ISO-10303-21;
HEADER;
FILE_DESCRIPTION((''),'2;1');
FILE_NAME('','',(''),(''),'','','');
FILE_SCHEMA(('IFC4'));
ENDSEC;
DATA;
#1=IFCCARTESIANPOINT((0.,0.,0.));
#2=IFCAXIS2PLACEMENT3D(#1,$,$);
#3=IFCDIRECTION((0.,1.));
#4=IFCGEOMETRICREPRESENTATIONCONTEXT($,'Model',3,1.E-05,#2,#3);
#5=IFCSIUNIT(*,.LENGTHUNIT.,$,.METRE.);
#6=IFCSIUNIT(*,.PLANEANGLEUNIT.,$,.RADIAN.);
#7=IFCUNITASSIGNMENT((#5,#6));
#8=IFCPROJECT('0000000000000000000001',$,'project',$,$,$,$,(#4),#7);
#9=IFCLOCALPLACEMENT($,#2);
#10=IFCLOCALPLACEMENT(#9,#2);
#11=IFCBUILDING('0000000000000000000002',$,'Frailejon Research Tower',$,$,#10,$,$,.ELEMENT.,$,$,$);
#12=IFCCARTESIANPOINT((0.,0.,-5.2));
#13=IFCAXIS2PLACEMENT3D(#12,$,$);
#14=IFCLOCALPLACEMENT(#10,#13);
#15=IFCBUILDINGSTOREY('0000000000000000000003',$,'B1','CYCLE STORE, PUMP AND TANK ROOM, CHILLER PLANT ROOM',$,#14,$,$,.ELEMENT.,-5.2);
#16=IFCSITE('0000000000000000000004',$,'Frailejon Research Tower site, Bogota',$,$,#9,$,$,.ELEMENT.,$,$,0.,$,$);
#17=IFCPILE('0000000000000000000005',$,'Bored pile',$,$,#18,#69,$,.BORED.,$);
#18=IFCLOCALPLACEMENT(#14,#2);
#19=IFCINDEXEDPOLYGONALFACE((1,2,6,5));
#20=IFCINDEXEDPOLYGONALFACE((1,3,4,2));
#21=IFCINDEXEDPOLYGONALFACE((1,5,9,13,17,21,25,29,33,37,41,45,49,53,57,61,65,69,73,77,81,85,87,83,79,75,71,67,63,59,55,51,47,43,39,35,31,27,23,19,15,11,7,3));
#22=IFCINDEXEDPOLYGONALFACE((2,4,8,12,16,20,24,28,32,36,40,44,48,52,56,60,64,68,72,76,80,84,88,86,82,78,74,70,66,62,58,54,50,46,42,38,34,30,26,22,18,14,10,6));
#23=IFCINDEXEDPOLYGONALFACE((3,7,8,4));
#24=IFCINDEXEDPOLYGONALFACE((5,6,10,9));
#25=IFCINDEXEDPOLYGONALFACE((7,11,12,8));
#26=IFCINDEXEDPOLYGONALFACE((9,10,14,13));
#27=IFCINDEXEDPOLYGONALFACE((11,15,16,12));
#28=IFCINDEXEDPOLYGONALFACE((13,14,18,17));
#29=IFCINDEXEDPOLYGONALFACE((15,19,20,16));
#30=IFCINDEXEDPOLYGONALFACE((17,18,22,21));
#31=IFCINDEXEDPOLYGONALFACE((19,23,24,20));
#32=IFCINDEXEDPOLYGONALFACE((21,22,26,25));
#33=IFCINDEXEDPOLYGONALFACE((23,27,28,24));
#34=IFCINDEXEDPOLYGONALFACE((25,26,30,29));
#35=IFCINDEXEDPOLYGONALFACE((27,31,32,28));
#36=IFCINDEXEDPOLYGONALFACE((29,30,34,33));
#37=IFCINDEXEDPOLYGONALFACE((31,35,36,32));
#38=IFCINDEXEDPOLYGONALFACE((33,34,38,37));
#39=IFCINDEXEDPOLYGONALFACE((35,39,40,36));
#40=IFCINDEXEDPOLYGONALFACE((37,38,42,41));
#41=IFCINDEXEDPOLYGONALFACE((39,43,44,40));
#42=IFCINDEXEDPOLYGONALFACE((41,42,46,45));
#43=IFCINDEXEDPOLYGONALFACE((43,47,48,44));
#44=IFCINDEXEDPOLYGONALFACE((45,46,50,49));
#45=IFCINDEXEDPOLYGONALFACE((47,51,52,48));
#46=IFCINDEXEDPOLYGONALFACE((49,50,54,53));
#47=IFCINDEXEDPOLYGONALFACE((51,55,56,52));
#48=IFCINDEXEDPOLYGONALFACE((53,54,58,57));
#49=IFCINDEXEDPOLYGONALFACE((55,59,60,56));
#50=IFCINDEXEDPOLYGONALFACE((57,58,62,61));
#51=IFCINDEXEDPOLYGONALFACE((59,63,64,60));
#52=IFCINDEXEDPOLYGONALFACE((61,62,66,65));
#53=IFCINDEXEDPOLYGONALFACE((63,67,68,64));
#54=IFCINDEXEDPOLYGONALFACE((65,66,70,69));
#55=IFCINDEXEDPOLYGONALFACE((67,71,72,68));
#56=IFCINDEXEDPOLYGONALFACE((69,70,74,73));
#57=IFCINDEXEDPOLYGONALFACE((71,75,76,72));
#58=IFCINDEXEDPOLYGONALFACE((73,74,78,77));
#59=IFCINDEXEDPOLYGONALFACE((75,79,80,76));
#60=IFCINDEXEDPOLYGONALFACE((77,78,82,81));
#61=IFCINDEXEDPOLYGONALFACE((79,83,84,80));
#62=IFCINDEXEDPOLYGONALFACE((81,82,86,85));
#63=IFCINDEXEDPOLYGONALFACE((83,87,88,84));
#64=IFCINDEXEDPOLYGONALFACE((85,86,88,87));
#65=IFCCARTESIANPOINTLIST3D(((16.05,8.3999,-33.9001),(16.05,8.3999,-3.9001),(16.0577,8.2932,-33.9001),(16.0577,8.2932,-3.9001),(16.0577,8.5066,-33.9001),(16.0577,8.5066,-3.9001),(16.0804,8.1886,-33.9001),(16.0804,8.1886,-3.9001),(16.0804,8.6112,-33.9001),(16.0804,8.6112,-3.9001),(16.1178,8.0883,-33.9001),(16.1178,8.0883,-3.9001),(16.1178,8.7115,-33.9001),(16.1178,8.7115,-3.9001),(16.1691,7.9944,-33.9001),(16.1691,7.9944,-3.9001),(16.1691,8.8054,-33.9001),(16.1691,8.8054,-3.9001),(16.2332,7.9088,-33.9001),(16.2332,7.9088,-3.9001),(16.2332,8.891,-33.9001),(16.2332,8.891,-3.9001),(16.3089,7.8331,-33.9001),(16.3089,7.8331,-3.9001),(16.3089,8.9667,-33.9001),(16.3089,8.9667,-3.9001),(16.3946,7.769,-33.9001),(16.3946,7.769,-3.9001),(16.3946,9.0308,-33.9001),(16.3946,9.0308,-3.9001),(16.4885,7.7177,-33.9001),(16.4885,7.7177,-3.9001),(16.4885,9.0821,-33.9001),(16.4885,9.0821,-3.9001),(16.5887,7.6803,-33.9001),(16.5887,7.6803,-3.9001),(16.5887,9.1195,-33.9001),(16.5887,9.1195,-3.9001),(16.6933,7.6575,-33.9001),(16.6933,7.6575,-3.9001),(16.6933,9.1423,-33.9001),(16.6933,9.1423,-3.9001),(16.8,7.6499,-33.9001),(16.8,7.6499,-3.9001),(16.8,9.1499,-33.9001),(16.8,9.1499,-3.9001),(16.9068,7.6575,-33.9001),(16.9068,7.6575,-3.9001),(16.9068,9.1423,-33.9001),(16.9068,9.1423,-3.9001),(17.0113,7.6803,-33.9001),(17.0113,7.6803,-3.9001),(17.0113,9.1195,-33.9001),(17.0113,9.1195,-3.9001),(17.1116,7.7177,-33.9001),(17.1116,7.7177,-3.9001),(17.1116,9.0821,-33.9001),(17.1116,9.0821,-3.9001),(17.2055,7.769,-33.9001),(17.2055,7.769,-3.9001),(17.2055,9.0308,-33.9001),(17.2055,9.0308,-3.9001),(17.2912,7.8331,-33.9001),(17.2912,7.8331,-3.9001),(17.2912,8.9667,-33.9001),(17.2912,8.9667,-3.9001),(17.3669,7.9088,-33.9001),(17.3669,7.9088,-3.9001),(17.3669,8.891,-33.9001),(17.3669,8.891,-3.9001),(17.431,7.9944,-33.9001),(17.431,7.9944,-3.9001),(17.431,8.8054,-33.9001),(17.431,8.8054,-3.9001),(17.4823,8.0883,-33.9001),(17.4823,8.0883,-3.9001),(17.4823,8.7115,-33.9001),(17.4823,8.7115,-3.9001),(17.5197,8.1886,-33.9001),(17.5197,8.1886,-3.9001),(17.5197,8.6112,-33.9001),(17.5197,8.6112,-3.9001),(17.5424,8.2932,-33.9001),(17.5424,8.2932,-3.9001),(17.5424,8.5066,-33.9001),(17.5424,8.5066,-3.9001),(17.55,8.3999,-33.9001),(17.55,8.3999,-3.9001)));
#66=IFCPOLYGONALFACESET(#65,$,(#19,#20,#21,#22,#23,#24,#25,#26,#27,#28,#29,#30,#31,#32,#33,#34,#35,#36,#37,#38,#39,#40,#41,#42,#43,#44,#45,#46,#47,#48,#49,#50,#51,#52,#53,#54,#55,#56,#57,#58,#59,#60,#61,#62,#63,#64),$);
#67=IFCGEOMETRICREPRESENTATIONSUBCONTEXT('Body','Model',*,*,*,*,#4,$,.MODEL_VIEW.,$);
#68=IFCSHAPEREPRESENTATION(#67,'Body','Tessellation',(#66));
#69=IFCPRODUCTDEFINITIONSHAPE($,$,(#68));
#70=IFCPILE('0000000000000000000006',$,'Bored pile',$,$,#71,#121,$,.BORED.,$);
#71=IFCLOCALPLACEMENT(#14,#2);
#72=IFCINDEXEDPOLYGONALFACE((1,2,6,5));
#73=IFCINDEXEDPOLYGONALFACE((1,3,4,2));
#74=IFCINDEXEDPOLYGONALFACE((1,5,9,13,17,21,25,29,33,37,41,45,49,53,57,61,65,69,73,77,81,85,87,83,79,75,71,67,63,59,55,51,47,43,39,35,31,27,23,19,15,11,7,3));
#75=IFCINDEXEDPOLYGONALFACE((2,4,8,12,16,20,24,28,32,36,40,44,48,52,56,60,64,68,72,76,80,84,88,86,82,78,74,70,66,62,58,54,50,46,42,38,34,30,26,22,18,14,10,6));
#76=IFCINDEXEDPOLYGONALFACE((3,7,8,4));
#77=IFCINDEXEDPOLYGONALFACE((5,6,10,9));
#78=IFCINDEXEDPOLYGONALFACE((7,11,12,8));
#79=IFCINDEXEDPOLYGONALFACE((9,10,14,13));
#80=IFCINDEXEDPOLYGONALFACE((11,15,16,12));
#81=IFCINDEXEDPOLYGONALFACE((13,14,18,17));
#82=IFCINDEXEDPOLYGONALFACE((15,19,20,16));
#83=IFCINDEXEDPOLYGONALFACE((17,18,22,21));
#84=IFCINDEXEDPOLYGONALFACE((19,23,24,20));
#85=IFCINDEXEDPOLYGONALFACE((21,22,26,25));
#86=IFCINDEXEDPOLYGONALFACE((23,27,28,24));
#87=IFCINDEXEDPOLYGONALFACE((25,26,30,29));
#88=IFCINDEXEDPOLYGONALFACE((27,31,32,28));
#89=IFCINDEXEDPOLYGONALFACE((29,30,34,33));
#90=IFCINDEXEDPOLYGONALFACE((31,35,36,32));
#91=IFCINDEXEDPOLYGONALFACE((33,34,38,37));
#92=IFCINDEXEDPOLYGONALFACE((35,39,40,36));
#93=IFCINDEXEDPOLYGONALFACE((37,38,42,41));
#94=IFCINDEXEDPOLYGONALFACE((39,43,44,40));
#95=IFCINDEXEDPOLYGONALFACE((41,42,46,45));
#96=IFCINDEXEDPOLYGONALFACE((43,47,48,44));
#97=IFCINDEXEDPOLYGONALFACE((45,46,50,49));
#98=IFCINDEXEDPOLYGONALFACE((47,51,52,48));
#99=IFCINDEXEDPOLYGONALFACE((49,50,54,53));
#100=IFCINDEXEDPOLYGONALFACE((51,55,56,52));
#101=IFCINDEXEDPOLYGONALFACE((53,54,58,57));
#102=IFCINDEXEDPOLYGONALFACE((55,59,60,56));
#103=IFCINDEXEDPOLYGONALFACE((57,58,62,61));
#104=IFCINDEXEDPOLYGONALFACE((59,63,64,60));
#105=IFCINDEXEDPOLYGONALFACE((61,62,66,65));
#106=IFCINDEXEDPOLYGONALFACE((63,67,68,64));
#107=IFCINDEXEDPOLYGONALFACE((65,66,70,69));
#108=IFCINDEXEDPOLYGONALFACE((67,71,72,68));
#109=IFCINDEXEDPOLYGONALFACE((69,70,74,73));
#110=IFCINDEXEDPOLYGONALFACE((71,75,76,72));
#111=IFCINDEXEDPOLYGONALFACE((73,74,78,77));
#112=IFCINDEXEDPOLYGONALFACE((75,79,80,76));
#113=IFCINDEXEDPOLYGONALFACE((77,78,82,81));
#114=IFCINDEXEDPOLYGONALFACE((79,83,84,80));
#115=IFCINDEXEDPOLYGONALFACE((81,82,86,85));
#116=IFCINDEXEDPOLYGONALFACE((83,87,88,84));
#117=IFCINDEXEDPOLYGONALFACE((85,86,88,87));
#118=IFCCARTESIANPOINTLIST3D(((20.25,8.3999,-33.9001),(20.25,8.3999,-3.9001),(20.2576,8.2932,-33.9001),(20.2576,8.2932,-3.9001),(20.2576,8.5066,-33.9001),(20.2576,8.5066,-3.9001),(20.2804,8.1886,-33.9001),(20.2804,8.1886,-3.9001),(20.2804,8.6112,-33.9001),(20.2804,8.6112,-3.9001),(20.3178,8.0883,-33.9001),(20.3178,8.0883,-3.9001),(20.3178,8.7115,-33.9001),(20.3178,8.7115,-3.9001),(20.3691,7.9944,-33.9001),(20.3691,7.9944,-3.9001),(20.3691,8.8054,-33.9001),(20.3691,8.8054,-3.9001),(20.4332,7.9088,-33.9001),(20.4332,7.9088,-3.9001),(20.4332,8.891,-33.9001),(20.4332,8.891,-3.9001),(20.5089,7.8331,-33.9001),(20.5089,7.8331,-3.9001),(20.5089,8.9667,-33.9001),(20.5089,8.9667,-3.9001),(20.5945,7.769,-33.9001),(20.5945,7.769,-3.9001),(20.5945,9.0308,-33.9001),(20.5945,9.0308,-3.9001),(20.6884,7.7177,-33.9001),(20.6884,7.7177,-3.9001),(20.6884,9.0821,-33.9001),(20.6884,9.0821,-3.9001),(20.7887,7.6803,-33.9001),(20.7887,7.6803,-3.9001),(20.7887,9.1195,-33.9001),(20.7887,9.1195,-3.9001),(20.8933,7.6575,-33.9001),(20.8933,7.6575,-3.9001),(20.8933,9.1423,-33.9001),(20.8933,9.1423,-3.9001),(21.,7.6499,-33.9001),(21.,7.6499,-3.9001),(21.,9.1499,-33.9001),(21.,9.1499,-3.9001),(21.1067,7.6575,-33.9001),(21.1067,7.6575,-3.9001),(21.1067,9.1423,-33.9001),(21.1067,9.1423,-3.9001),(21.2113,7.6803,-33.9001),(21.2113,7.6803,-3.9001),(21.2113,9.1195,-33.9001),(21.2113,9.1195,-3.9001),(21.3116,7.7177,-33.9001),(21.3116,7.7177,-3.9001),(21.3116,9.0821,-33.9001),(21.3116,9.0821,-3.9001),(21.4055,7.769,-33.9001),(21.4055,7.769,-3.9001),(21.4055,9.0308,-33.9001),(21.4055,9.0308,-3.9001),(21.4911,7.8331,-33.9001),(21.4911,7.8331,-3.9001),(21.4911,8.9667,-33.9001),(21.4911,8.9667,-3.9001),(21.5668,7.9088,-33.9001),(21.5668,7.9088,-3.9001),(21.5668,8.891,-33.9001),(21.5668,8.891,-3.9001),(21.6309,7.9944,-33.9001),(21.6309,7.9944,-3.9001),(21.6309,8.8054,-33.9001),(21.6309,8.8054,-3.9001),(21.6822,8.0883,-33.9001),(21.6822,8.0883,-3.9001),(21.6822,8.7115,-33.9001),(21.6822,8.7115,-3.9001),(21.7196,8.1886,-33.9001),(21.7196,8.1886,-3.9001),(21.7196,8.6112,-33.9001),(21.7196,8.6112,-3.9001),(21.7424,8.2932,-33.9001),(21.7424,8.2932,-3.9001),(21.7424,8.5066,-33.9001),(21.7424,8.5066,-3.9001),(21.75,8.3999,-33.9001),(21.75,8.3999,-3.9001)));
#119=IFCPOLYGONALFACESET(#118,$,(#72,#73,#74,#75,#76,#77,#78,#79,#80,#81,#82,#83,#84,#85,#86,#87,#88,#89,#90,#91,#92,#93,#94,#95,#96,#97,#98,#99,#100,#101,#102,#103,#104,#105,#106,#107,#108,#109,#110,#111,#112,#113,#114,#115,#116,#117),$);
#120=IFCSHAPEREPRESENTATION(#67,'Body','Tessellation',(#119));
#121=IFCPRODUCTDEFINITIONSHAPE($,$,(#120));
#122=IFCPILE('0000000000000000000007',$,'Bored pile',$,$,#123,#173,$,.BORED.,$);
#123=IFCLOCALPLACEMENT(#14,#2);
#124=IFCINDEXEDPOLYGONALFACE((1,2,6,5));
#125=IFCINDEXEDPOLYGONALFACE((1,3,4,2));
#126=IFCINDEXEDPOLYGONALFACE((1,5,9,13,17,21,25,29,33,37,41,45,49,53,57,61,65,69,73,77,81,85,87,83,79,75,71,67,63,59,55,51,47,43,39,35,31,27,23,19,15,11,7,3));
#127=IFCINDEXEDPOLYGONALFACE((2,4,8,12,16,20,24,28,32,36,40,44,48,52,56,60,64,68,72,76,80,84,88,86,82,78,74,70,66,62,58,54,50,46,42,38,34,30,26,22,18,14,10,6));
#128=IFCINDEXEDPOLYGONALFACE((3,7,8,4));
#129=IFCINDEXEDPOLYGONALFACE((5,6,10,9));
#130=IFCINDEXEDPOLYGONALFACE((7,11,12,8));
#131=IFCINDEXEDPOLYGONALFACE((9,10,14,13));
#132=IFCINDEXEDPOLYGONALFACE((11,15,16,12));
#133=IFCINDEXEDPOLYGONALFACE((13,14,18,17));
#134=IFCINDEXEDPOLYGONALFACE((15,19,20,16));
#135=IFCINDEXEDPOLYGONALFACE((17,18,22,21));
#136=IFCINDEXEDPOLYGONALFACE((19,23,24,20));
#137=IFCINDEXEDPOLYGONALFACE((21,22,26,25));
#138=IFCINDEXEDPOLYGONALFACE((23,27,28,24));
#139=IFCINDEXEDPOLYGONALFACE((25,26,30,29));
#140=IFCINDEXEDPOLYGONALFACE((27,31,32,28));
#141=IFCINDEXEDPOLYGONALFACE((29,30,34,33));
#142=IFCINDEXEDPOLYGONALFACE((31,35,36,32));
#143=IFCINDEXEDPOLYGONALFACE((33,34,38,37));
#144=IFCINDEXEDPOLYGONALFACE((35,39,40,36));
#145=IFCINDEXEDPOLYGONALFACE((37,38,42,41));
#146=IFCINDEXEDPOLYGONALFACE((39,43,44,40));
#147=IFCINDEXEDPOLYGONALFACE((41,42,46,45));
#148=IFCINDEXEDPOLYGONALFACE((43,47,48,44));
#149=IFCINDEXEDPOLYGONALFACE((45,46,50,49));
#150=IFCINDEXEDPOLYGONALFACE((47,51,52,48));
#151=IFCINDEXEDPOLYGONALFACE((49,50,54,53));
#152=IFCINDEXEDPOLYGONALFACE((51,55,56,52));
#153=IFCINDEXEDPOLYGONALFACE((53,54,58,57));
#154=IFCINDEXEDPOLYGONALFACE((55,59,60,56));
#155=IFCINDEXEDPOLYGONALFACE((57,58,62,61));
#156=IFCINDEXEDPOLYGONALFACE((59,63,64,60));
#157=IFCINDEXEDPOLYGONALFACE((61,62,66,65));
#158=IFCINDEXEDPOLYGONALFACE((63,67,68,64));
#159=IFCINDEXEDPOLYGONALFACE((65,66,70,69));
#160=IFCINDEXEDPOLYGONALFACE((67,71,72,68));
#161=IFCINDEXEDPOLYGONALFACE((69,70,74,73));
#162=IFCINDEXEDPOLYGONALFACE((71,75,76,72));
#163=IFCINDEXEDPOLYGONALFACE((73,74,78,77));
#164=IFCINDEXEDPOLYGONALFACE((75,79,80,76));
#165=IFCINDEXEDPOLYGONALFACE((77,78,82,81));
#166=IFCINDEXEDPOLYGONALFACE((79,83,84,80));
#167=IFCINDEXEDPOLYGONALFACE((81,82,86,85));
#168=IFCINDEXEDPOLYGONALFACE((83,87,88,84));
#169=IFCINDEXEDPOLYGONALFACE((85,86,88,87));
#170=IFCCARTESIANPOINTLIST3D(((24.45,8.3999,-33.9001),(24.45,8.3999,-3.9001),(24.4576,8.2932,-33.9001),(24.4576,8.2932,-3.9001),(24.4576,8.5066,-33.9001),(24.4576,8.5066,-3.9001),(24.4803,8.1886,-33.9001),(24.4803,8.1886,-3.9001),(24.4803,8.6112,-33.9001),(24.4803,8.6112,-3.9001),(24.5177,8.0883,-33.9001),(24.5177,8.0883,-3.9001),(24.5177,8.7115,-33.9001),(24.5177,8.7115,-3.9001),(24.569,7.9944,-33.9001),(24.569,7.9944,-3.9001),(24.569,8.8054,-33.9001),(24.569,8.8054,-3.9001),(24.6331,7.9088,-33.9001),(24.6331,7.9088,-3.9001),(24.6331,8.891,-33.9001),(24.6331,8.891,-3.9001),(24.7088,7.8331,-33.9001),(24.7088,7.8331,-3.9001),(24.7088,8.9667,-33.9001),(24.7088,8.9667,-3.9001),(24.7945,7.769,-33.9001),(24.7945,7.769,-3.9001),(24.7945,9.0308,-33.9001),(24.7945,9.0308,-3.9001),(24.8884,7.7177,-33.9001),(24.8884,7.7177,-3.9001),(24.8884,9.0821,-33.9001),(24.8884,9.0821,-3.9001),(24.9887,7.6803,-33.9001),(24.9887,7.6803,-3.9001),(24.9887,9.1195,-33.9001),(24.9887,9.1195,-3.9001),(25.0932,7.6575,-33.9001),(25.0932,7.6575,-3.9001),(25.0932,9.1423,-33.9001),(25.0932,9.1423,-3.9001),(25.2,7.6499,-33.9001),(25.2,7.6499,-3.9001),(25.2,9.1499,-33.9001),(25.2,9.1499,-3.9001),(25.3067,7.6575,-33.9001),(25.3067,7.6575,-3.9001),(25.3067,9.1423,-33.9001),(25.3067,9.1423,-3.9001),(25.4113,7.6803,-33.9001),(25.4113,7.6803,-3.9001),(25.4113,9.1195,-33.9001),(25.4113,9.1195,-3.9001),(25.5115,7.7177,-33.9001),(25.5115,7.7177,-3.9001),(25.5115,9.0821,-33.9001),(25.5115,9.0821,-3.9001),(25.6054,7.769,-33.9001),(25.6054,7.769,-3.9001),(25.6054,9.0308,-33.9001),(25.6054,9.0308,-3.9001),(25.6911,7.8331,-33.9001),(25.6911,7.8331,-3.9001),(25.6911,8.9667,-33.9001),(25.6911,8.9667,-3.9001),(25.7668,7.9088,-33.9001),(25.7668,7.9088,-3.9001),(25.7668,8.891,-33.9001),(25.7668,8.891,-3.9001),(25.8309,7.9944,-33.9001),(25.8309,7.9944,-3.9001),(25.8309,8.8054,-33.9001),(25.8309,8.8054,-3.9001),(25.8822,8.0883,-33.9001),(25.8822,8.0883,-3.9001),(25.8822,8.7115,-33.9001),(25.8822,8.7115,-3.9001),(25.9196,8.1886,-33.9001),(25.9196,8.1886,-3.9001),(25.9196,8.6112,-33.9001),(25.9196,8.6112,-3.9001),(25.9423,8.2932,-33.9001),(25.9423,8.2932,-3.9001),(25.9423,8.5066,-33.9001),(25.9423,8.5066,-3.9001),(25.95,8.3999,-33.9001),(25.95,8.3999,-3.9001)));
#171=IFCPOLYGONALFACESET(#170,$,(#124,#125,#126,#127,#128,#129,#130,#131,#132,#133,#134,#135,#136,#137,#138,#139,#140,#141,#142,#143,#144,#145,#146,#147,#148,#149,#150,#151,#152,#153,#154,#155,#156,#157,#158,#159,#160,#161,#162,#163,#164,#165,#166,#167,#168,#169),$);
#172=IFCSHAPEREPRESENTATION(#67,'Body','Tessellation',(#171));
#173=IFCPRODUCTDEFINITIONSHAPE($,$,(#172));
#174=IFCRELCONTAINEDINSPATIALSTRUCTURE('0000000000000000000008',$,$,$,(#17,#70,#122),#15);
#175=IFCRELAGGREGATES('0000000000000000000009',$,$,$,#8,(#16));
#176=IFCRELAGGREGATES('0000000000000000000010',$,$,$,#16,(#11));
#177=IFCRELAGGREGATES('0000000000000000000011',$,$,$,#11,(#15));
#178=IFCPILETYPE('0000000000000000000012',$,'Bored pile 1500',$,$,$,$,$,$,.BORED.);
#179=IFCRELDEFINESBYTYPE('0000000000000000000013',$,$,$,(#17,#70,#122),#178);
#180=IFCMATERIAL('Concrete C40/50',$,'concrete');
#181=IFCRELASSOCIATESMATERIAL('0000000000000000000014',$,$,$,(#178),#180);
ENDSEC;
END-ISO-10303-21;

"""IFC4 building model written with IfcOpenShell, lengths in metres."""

from ifc_helpers import new_model, si_unit, direction, frame, origin, origin_2d, place, context, subcontext, project, spatial, circle, extrude, material, material_profile, profile_set, type_object, element, save


model = new_model("IFC4")

# Units and contexts
model_context = context("Model", 3, precision=1e-05, world=origin(), true_north=direction((0.0, 1.0)))
body_context = subcontext(model_context, "Body", "Model", "MODEL_VIEW")
ifc_project = project(units=[si_unit("LENGTHUNIT", "METRE"), si_unit("PLANEANGLEUNIT", "RADIAN")], contexts=[model_context])

# Site, building, storey
site_placement = place(None, origin())
site = spatial("IfcSite", under=ifc_project, at=site_placement, Name="Frailejon Research Tower site, Bogota", CompositionType="ELEMENT", RefElevation=0.0)
building_placement = place(site_placement, origin())
building = spatial("IfcBuilding", under=site, at=building_placement, Name="Frailejon Research Tower", CompositionType="ELEMENT")
storey_placement = place(building_placement, frame((0.0, 0.0, -5.2)))
storey = spatial("IfcBuildingStorey", under=building, at=storey_placement, Name="B1", Description="CYCLE STORE, PUMP AND TANK ROOM, CHILLER PLANT ROOM", CompositionType="ELEMENT", Elevation=-5.2)

# Piles
ifc_material_1 = material(Name="Concrete C40/50", Category="concrete")
ifc_material_profile_1 = material_profile(ifc_material_1, circle(Radius=0.75, at=origin_2d()), Name="Bored pile 1500")
ifc_profile_set_1 = profile_set([ifc_material_profile_1], Name="Concrete C40/50")
pile_type = type_object("IfcPileType", Name="Bored pile 1500", PredefinedType="BORED", material=ifc_profile_set_1)
for number, where, z_axis, x_axis, name in (
    (1, (16.8, 8.3999, -3.9001), (0.0, 0.0, -1.0), (1.0, 0.0, 0.0), "Bored pile"),
    (2, (21.0, 8.3999, -3.9001), (0.0, 0.0, -1.0), (1.0, 0.0, 0.0), "Bored pile"),
    (3, (25.2, 8.3999, -3.9001), (0.0, 0.0, -1.0), (1.0, 0.0, 0.0), "Bored pile"),
):
    element("IfcPile", number, at=place(storey_placement, frame(where, z_axis=z_axis, x_axis=x_axis)), inside=storey, type_object=pile_type, Name=name, PredefinedType="BORED", context=body_context, shape_type="SweptSolid", body=[
        extrude(circle(Radius=0.75, at=origin_2d()), origin(), (0.0, 0.0, 1.0), 30.0),
    ])

save(model, "model.ifc")
